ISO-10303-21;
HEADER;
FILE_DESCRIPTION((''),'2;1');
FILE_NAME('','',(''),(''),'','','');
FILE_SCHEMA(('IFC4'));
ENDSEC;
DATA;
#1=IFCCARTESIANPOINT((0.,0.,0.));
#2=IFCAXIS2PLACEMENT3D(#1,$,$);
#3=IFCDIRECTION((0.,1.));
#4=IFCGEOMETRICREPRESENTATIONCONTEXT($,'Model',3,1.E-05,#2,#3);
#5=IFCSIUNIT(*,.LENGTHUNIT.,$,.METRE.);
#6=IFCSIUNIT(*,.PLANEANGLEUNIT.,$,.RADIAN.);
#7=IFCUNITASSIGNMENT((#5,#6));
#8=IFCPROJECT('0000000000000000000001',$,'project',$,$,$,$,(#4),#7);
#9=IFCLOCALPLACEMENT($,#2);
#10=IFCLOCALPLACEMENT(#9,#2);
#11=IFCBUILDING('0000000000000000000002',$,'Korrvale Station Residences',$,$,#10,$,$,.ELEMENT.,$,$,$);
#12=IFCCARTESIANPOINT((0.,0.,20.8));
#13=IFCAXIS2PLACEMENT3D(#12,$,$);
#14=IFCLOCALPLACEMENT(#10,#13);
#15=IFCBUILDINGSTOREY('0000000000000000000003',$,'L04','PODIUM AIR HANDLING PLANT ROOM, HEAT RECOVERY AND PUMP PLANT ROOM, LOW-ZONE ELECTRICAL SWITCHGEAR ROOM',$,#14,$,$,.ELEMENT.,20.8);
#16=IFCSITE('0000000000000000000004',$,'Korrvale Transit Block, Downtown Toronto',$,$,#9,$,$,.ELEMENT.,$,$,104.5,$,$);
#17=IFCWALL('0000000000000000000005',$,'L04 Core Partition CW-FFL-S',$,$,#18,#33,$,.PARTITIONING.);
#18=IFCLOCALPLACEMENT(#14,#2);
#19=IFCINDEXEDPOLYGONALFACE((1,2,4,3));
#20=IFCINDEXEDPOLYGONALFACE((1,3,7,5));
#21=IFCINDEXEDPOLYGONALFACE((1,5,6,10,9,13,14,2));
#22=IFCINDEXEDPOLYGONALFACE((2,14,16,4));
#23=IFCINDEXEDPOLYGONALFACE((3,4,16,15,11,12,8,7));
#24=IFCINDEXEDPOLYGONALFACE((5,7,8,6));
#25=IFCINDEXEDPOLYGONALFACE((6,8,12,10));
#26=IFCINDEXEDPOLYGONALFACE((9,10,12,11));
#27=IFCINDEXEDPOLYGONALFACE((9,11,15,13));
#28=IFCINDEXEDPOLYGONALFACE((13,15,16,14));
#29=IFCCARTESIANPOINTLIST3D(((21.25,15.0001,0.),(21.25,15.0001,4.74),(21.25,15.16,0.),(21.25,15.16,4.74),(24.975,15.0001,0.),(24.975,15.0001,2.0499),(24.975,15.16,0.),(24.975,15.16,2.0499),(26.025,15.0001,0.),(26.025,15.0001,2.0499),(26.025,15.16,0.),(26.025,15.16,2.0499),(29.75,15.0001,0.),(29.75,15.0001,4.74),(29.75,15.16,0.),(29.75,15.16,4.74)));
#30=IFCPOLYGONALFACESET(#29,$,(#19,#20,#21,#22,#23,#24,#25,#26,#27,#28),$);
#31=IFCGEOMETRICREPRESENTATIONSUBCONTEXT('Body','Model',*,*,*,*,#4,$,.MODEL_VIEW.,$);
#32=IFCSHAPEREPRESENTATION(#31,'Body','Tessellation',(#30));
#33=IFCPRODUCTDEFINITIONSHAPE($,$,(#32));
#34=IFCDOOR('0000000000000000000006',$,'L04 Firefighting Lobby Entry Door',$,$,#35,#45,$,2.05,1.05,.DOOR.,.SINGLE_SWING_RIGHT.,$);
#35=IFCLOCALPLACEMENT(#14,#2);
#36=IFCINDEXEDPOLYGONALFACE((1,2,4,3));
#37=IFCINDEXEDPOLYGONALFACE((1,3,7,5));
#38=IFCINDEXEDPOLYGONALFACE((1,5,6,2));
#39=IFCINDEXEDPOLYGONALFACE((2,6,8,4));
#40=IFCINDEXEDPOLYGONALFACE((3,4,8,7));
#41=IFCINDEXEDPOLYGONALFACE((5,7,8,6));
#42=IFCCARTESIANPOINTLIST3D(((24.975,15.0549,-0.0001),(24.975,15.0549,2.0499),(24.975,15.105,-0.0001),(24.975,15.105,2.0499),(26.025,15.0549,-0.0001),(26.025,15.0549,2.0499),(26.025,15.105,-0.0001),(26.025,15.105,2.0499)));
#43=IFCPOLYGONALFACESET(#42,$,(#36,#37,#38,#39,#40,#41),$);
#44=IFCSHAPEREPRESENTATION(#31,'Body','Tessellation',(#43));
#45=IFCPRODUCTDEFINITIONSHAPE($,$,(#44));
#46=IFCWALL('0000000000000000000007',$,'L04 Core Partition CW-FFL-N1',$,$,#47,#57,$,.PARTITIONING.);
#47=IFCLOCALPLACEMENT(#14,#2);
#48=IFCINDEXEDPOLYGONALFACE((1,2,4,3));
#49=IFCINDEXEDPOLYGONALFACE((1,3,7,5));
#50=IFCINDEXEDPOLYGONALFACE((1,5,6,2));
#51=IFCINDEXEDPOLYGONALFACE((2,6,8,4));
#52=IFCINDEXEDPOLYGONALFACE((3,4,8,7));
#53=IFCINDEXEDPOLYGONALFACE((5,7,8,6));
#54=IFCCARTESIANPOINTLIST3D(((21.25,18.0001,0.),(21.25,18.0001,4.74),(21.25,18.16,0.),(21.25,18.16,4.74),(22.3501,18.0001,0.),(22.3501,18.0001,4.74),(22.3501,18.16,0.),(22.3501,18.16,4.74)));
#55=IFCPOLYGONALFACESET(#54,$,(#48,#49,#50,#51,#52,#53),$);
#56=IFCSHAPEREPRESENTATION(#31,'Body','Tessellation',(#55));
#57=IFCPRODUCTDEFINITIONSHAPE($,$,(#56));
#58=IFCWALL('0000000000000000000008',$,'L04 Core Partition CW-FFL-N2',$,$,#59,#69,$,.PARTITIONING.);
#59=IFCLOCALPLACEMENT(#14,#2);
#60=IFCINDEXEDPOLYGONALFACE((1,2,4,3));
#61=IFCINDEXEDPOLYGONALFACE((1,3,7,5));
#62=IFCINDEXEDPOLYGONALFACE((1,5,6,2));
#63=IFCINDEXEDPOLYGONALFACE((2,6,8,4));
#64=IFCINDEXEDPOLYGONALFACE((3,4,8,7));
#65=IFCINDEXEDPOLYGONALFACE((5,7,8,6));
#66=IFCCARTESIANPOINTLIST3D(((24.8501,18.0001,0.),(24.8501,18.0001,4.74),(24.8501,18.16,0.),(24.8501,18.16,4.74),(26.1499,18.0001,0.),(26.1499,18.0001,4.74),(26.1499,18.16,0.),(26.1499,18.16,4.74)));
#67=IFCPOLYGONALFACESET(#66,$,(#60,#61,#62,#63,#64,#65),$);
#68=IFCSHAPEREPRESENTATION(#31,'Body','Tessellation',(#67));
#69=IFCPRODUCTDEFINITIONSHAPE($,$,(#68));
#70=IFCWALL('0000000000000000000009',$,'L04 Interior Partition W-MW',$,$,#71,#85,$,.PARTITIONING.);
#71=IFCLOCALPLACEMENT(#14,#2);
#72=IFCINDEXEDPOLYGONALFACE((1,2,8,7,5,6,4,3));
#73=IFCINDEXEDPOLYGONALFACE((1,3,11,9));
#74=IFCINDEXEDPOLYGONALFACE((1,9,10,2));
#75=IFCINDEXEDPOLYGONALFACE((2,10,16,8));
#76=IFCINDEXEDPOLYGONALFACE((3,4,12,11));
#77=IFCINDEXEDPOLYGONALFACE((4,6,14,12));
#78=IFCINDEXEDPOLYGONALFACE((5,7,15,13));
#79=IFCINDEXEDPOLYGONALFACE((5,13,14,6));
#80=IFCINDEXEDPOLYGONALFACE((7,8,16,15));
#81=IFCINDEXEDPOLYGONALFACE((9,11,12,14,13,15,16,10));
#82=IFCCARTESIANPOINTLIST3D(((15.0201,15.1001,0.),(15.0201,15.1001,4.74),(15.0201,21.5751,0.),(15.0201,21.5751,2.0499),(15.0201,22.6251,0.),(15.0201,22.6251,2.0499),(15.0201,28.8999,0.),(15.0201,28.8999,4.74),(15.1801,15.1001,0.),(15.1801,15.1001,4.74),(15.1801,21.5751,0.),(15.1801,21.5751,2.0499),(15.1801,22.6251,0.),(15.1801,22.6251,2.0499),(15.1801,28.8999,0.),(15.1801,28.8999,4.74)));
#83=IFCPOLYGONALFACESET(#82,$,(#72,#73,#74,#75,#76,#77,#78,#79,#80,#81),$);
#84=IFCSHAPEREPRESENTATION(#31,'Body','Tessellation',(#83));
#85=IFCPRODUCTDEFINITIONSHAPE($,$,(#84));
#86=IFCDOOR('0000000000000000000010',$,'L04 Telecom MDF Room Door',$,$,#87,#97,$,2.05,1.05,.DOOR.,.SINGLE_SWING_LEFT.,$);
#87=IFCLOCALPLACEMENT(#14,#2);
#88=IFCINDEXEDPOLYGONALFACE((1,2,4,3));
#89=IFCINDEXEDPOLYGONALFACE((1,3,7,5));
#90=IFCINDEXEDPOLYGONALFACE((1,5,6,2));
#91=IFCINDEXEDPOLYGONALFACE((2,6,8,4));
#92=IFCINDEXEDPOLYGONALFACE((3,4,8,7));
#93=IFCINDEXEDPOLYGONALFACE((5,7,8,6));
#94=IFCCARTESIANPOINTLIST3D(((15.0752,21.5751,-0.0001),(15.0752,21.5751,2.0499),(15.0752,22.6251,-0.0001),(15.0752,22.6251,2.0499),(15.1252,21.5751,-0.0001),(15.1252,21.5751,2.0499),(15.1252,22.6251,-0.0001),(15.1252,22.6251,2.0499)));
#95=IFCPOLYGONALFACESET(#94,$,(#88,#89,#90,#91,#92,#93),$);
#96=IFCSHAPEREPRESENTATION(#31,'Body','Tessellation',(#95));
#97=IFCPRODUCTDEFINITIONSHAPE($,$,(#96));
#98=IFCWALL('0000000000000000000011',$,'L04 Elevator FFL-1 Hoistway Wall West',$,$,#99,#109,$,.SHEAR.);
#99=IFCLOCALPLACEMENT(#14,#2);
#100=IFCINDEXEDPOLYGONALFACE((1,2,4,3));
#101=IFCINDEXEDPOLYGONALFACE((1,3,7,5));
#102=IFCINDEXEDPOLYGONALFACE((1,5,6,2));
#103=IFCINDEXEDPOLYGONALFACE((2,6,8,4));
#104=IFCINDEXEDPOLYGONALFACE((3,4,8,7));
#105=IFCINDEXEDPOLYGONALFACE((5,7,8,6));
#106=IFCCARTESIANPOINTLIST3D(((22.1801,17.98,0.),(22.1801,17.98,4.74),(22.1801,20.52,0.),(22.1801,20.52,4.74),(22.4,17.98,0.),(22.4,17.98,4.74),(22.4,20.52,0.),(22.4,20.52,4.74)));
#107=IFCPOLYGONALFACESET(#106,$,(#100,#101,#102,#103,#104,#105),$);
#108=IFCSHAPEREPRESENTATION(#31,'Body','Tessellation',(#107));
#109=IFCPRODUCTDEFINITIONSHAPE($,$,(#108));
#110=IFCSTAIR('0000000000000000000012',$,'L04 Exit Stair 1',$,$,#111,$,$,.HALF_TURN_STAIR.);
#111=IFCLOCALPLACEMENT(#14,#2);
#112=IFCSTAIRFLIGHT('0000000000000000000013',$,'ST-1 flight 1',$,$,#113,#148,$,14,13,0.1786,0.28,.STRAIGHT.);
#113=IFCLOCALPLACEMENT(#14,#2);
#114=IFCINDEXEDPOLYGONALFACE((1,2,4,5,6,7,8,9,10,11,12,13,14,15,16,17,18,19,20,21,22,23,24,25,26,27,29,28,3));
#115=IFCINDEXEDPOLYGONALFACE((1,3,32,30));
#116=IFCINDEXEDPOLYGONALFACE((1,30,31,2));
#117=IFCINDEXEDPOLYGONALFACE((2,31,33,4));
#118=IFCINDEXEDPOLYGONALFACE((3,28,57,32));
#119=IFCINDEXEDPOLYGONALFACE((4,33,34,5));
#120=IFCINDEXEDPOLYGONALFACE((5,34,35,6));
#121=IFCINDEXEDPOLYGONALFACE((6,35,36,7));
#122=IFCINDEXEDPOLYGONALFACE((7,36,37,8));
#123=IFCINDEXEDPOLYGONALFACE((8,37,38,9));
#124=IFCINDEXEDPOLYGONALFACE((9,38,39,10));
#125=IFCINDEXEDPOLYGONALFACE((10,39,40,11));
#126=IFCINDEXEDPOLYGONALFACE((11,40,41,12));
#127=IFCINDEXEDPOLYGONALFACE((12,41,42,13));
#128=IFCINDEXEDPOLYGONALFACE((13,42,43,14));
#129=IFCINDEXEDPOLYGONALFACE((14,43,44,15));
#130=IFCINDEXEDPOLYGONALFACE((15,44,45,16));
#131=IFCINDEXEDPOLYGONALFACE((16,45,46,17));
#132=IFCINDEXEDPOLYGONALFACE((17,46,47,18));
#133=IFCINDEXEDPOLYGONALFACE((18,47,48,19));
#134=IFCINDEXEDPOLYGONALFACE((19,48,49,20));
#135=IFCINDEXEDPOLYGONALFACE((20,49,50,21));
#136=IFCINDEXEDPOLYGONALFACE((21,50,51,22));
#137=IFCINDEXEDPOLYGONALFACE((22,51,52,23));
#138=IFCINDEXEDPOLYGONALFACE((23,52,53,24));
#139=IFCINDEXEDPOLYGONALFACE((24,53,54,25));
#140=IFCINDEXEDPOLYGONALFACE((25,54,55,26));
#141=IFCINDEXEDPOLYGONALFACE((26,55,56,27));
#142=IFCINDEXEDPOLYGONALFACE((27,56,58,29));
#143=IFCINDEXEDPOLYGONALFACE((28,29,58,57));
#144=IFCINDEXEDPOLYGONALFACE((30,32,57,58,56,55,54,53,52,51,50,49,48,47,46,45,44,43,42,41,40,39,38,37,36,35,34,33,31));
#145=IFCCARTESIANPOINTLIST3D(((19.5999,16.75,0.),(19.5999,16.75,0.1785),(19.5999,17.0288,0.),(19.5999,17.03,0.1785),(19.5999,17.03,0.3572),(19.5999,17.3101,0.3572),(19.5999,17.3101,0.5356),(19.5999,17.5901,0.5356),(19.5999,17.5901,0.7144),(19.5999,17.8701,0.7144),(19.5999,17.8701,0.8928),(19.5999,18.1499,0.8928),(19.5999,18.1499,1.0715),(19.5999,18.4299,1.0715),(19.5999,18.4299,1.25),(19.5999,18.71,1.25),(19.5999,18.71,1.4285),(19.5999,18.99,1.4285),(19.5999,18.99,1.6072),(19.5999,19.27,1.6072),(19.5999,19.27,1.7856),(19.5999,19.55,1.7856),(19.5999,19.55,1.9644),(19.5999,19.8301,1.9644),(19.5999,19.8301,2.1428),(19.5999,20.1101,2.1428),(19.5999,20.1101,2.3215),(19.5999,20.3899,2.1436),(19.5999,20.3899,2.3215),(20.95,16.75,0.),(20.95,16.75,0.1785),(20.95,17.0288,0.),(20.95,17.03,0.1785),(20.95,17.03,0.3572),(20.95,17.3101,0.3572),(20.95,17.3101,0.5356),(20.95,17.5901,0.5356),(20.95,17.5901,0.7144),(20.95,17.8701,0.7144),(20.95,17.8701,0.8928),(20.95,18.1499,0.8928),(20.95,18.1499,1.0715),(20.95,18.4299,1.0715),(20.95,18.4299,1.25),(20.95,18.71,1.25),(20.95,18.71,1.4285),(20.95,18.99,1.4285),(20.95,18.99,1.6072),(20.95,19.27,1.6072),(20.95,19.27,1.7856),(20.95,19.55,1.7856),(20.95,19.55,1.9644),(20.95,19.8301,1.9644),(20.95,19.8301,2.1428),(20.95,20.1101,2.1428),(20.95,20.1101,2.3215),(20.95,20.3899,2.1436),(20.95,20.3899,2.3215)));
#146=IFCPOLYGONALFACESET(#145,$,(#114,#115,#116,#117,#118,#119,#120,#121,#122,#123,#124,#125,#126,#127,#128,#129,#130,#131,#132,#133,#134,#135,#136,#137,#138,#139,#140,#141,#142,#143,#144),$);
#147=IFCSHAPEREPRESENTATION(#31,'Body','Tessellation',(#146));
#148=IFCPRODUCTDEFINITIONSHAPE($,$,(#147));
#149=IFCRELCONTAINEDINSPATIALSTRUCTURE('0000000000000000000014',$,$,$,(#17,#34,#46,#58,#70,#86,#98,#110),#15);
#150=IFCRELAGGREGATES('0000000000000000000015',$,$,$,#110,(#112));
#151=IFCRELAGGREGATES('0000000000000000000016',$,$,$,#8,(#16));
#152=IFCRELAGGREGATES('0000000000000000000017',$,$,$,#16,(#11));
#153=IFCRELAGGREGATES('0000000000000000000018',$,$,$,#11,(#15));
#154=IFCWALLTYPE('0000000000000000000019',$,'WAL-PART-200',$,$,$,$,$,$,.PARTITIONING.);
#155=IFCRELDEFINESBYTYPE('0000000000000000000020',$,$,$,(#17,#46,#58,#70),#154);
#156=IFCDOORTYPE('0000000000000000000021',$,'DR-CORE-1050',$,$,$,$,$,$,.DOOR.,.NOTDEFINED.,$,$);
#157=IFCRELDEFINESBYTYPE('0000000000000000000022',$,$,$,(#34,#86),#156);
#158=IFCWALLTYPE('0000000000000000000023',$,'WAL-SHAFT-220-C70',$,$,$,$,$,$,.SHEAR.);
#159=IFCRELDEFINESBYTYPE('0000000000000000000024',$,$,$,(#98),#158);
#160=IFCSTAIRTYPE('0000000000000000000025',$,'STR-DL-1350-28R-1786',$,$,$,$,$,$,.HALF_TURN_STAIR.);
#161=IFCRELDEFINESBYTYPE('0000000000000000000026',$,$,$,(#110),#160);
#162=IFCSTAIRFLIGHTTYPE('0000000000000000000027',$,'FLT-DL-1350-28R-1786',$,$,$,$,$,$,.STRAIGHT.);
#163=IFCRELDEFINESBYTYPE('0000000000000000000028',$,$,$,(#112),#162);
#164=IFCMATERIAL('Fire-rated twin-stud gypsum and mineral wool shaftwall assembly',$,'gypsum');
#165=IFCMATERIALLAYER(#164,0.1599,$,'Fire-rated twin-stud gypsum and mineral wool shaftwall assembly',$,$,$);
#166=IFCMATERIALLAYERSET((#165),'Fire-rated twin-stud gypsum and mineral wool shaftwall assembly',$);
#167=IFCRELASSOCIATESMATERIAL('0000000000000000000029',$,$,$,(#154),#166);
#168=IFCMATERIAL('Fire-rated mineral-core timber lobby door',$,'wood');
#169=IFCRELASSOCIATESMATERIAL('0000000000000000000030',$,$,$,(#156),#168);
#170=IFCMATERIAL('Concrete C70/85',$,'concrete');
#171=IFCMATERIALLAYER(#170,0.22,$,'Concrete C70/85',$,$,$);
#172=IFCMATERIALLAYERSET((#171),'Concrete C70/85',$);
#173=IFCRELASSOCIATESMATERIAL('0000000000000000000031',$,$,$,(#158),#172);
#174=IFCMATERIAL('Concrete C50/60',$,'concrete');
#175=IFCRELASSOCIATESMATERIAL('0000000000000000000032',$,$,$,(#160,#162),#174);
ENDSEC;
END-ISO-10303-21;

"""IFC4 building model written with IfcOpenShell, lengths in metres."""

from ifc_helpers import new_model, si_unit, direction, frame, frame_2d, origin, place, context, subcontext, project, spatial, polyline, rectangle, outline, extrude, material, layer, layer_set, type_object, element, fill, aggregate, save


model = new_model("IFC4")

# Units and contexts
model_context = context("Model", 3, precision=1e-05, world=origin(), true_north=direction((0.0, 1.0)))
body_context = subcontext(model_context, "Body", "Model", "MODEL_VIEW")
ifc_project = project(units=[si_unit("LENGTHUNIT", "METRE"), si_unit("PLANEANGLEUNIT", "RADIAN")], contexts=[model_context])

# Site, building, storey
site_placement = place(None, origin())
site = spatial("IfcSite", under=ifc_project, at=site_placement, Name="Korrvale Transit Block, Downtown Toronto", CompositionType="ELEMENT", RefElevation=104.5)
building_placement = place(site_placement, origin())
building = spatial("IfcBuilding", under=site, at=building_placement, Name="Korrvale Station Residences", CompositionType="ELEMENT")
storey_placement = place(building_placement, frame((0.0, 0.0, 20.8)))
storey = spatial("IfcBuildingStorey", under=building, at=storey_placement, Name="L04", Description="PODIUM AIR HANDLING PLANT ROOM, HEAT RECOVERY AND PUMP PLANT ROOM, LOW-ZONE ELECTRICAL SWITCHGEAR ROOM", CompositionType="ELEMENT", Elevation=20.8)

# Shared definitions
ifc_material_1 = material(Name="Concrete C70/85", Category="concrete")

# Wall, opening, door
ifc_material_2 = material(Name="Fire-rated twin-stud gypsum and mineral wool shaftwall assembly", Category="gypsum")
ifc_layer_1 = layer(ifc_material_2, 0.1599, Name="Fire-rated twin-stud gypsum and mineral wool shaftwall assembly")
ifc_layer_set_1 = layer_set([ifc_layer_1], Name="Fire-rated twin-stud gypsum and mineral wool shaftwall assembly")
wall_type_1 = type_object("IfcWallType", Name="WAL-PART-200", PredefinedType="PARTITIONING", material=ifc_layer_set_1)
wall_1_placement = place(storey_placement, frame((21.25, 15.0801, 0.0), z_axis=(0.0, 0.0, 1.0), x_axis=(1.0, 0.0, 0.0)))
wall_1 = element("IfcWall", 1, at=wall_1_placement, inside=storey, type_object=wall_type_1, Name="L04 Core Partition CW-FFL-S", PredefinedType="PARTITIONING", context=body_context, shape_type="SweptSolid", body=[
    extrude(rectangle(XDim=8.5, YDim=0.1599, at=frame_2d((4.25, 0.0))), origin(), (0.0, 0.0, 1.0), 4.74),
])
opening_1_placement = place(wall_1_placement, frame((3.7251, 0.0, 0.0)))
opening_1 = element("IfcOpeningElement", 2, at=opening_1_placement, cuts=wall_1, PredefinedType="OPENING", context=body_context, shape_type="SweptSolid", body=[
    extrude(rectangle(XDim=1.05, YDim=2.05, at=frame_2d((0.5249, 1.0249))), frame((0.0, 0.0898, 0.0), z_axis=(0.0, -1.0, 0.0), x_axis=(1.0, 0.0, 0.0)), (0.0, 0.0, 1.0), 0.1799),
])
ifc_material_3 = material(Name="Fire-rated mineral-core timber lobby door", Category="wood")
door_type_1 = type_object("IfcDoorType", Name="DR-CORE-1050", OperationType="NOTDEFINED", PredefinedType="DOOR", material=ifc_material_3)
door_1_placement = place(opening_1_placement, origin())
door_1 = element("IfcDoor", 3, at=door_1_placement, inside=storey, type_object=door_type_1, Name="L04 Firefighting Lobby Entry Door", OperationType="SINGLE_SWING_RIGHT", OverallHeight=2.05, OverallWidth=1.05, PredefinedType="DOOR", context=body_context, shape_type="SweptSolid", body=[
    extrude(rectangle(XDim=1.05, YDim=2.05, at=frame_2d((0.5249, 1.0249))), frame((0.0, 0.0249, 0.0), z_axis=(0.0, -1.0, 0.0), x_axis=(1.0, 0.0, 0.0)), (0.0, 0.0, 1.0), 0.05),
])
fill(opening_1, door_1)

# Walls
wall_2_placement = place(storey_placement, frame((21.25, 18.0801, 0.0), z_axis=(0.0, 0.0, 1.0), x_axis=(1.0, 0.0, 0.0)))
element("IfcWall", 4, at=wall_2_placement, inside=storey, type_object=wall_type_1, Name="L04 Core Partition CW-FFL-N1", PredefinedType="PARTITIONING", context=body_context, shape_type="SweptSolid", body=[
    extrude(rectangle(XDim=1.1001, YDim=0.1599, at=frame_2d((0.55, 0.0))), origin(), (0.0, 0.0, 1.0), 4.74),
])
wall_3_placement = place(storey_placement, frame((24.8501, 18.0801, 0.0), z_axis=(0.0, 0.0, 1.0), x_axis=(1.0, 0.0, 0.0)))
element("IfcWall", 5, at=wall_3_placement, inside=storey, type_object=wall_type_1, Name="L04 Core Partition CW-FFL-N2", PredefinedType="PARTITIONING", context=body_context, shape_type="SweptSolid", body=[
    extrude(rectangle(XDim=1.2998, YDim=0.1599, at=frame_2d((0.6499, 0.0))), origin(), (0.0, 0.0, 1.0), 4.74),
])

# Wall, opening, door
wall_4_placement = place(storey_placement, frame((15.1001, 15.1001, 0.0), z_axis=(0.0, 0.0, 1.0), x_axis=(0.0, 1.0, 0.0)))
wall_4 = element("IfcWall", 6, at=wall_4_placement, inside=storey, type_object=wall_type_1, Name="L04 Interior Partition W-MW", PredefinedType="PARTITIONING", context=body_context, shape_type="SweptSolid", body=[
    extrude(rectangle(XDim=13.7998, YDim=0.1599, at=frame_2d((6.8999, 0.0))), origin(), (0.0, 0.0, 1.0), 4.74),
])
opening_2_placement = place(wall_4_placement, frame((6.4751, 0.0, 0.0)))
opening_2 = element("IfcOpeningElement", 7, at=opening_2_placement, cuts=wall_4, PredefinedType="OPENING", context=body_context, shape_type="SweptSolid", body=[
    extrude(rectangle(XDim=1.05, YDim=2.05, at=frame_2d((0.5249, 1.0249))), frame((0.0, 0.0898, 0.0), z_axis=(0.0, -1.0, 0.0), x_axis=(1.0, 0.0, 0.0)), (0.0, 0.0, 1.0), 0.1799),
])
door_2_placement = place(opening_2_placement, origin())
door_2 = element("IfcDoor", 8, at=door_2_placement, inside=storey, type_object=door_type_1, Name="L04 Telecom MDF Room Door", OperationType="SINGLE_SWING_LEFT", OverallHeight=2.05, OverallWidth=1.05, PredefinedType="DOOR", context=body_context, shape_type="SweptSolid", body=[
    extrude(rectangle(XDim=1.05, YDim=2.05, at=frame_2d((0.5249, 1.0249))), frame((0.0, 0.0249, 0.0), z_axis=(0.0, -1.0, 0.0), x_axis=(1.0, 0.0, 0.0)), (0.0, 0.0, 1.0), 0.05),
])
fill(opening_2, door_2)
ifc_layer_2 = layer(ifc_material_1, 0.22, Name="Concrete C70/85")
ifc_layer_set_2 = layer_set([ifc_layer_2], Name="Concrete C70/85")
wall_type_2 = type_object("IfcWallType", Name="WAL-SHAFT-220-C70", PredefinedType="SHEAR", material=ifc_layer_set_2)

# Wall
wall_5_placement = place(storey_placement, frame((22.29, 17.98, 0.0), z_axis=(0.0, 0.0, 1.0), x_axis=(0.0, 1.0, 0.0)))
element("IfcWall", 9, at=wall_5_placement, inside=storey, type_object=wall_type_2, Name="L04 Elevator FFL-1 Hoistway Wall West", PredefinedType="SHEAR", context=body_context, shape_type="SweptSolid", body=[
    extrude(rectangle(XDim=2.54, YDim=0.22, at=frame_2d((1.27, 0.0))), origin(), (0.0, 0.0, 1.0), 4.74),
])

# Stair, stair flight
ifc_material_4 = material(Name="Concrete C50/60", Category="concrete")
stair_type = type_object("IfcStairType", Name="STR-DL-1350-28R-1786", PredefinedType="HALF_TURN_STAIR", material=ifc_material_4)
stair_placement = place(storey_placement, origin())
stair = element("IfcStair", 10, at=stair_placement, inside=storey, type_object=stair_type, Name="L04 Exit Stair 1", PredefinedType="HALF_TURN_STAIR")
stair_flight_type = type_object("IfcStairFlightType", Name="FLT-DL-1350-28R-1786", PredefinedType="STRAIGHT", material=ifc_material_4)
stair_flight_1_placement = place(storey_placement, frame((20.2749, 16.75, 0.0), z_axis=(0.0, 0.0, 1.0), x_axis=(0.0, 1.0, 0.0)))
stair_flight_1 = element("IfcStairFlight", 11, at=stair_flight_1_placement, type_object=stair_flight_type, Name="ST-1 flight 1", NumberOfRisers=14, NumberOfTreads=13, PredefinedType="STRAIGHT", RiserHeight=0.1786, TreadLength=0.28, context=body_context, shape_type="SweptSolid", body=[
    extrude(outline(polyline([(0.0, 0.0), (0.0, 0.1785), (0.28, 0.1785), (0.28, 0.3572), (0.5601, 0.3572), (0.5601, 0.5356), (0.8401, 0.5356), (0.8401, 0.7144), (1.1201, 0.7144), (1.1201, 0.8928), (1.3999, 0.8928), (1.3999, 1.0715), (1.6799, 1.0715), (1.6799, 1.25), (1.96, 1.25), (1.96, 1.4285), (2.24, 1.4285), (2.24, 1.6072), (2.52, 1.6072), (2.52, 1.7856), (2.8, 1.7856), (2.8, 1.9644), (3.0801, 1.9644), (3.0801, 2.1428), (3.3601, 2.1428), (3.3601, 2.3215), (3.6399, 2.3215), (3.6399, 2.5), (3.6399, 2.1436), (0.2788, 0.0), (0.0, 0.0)])), frame((0.0, 0.675, 0.0), z_axis=(0.0, -1.0, 0.0), x_axis=(1.0, 0.0, 0.0)), (0.0, 0.0, 1.0), 1.3501),
])
aggregate(stair, [stair_flight_1])

save(model, "model.ifc")
